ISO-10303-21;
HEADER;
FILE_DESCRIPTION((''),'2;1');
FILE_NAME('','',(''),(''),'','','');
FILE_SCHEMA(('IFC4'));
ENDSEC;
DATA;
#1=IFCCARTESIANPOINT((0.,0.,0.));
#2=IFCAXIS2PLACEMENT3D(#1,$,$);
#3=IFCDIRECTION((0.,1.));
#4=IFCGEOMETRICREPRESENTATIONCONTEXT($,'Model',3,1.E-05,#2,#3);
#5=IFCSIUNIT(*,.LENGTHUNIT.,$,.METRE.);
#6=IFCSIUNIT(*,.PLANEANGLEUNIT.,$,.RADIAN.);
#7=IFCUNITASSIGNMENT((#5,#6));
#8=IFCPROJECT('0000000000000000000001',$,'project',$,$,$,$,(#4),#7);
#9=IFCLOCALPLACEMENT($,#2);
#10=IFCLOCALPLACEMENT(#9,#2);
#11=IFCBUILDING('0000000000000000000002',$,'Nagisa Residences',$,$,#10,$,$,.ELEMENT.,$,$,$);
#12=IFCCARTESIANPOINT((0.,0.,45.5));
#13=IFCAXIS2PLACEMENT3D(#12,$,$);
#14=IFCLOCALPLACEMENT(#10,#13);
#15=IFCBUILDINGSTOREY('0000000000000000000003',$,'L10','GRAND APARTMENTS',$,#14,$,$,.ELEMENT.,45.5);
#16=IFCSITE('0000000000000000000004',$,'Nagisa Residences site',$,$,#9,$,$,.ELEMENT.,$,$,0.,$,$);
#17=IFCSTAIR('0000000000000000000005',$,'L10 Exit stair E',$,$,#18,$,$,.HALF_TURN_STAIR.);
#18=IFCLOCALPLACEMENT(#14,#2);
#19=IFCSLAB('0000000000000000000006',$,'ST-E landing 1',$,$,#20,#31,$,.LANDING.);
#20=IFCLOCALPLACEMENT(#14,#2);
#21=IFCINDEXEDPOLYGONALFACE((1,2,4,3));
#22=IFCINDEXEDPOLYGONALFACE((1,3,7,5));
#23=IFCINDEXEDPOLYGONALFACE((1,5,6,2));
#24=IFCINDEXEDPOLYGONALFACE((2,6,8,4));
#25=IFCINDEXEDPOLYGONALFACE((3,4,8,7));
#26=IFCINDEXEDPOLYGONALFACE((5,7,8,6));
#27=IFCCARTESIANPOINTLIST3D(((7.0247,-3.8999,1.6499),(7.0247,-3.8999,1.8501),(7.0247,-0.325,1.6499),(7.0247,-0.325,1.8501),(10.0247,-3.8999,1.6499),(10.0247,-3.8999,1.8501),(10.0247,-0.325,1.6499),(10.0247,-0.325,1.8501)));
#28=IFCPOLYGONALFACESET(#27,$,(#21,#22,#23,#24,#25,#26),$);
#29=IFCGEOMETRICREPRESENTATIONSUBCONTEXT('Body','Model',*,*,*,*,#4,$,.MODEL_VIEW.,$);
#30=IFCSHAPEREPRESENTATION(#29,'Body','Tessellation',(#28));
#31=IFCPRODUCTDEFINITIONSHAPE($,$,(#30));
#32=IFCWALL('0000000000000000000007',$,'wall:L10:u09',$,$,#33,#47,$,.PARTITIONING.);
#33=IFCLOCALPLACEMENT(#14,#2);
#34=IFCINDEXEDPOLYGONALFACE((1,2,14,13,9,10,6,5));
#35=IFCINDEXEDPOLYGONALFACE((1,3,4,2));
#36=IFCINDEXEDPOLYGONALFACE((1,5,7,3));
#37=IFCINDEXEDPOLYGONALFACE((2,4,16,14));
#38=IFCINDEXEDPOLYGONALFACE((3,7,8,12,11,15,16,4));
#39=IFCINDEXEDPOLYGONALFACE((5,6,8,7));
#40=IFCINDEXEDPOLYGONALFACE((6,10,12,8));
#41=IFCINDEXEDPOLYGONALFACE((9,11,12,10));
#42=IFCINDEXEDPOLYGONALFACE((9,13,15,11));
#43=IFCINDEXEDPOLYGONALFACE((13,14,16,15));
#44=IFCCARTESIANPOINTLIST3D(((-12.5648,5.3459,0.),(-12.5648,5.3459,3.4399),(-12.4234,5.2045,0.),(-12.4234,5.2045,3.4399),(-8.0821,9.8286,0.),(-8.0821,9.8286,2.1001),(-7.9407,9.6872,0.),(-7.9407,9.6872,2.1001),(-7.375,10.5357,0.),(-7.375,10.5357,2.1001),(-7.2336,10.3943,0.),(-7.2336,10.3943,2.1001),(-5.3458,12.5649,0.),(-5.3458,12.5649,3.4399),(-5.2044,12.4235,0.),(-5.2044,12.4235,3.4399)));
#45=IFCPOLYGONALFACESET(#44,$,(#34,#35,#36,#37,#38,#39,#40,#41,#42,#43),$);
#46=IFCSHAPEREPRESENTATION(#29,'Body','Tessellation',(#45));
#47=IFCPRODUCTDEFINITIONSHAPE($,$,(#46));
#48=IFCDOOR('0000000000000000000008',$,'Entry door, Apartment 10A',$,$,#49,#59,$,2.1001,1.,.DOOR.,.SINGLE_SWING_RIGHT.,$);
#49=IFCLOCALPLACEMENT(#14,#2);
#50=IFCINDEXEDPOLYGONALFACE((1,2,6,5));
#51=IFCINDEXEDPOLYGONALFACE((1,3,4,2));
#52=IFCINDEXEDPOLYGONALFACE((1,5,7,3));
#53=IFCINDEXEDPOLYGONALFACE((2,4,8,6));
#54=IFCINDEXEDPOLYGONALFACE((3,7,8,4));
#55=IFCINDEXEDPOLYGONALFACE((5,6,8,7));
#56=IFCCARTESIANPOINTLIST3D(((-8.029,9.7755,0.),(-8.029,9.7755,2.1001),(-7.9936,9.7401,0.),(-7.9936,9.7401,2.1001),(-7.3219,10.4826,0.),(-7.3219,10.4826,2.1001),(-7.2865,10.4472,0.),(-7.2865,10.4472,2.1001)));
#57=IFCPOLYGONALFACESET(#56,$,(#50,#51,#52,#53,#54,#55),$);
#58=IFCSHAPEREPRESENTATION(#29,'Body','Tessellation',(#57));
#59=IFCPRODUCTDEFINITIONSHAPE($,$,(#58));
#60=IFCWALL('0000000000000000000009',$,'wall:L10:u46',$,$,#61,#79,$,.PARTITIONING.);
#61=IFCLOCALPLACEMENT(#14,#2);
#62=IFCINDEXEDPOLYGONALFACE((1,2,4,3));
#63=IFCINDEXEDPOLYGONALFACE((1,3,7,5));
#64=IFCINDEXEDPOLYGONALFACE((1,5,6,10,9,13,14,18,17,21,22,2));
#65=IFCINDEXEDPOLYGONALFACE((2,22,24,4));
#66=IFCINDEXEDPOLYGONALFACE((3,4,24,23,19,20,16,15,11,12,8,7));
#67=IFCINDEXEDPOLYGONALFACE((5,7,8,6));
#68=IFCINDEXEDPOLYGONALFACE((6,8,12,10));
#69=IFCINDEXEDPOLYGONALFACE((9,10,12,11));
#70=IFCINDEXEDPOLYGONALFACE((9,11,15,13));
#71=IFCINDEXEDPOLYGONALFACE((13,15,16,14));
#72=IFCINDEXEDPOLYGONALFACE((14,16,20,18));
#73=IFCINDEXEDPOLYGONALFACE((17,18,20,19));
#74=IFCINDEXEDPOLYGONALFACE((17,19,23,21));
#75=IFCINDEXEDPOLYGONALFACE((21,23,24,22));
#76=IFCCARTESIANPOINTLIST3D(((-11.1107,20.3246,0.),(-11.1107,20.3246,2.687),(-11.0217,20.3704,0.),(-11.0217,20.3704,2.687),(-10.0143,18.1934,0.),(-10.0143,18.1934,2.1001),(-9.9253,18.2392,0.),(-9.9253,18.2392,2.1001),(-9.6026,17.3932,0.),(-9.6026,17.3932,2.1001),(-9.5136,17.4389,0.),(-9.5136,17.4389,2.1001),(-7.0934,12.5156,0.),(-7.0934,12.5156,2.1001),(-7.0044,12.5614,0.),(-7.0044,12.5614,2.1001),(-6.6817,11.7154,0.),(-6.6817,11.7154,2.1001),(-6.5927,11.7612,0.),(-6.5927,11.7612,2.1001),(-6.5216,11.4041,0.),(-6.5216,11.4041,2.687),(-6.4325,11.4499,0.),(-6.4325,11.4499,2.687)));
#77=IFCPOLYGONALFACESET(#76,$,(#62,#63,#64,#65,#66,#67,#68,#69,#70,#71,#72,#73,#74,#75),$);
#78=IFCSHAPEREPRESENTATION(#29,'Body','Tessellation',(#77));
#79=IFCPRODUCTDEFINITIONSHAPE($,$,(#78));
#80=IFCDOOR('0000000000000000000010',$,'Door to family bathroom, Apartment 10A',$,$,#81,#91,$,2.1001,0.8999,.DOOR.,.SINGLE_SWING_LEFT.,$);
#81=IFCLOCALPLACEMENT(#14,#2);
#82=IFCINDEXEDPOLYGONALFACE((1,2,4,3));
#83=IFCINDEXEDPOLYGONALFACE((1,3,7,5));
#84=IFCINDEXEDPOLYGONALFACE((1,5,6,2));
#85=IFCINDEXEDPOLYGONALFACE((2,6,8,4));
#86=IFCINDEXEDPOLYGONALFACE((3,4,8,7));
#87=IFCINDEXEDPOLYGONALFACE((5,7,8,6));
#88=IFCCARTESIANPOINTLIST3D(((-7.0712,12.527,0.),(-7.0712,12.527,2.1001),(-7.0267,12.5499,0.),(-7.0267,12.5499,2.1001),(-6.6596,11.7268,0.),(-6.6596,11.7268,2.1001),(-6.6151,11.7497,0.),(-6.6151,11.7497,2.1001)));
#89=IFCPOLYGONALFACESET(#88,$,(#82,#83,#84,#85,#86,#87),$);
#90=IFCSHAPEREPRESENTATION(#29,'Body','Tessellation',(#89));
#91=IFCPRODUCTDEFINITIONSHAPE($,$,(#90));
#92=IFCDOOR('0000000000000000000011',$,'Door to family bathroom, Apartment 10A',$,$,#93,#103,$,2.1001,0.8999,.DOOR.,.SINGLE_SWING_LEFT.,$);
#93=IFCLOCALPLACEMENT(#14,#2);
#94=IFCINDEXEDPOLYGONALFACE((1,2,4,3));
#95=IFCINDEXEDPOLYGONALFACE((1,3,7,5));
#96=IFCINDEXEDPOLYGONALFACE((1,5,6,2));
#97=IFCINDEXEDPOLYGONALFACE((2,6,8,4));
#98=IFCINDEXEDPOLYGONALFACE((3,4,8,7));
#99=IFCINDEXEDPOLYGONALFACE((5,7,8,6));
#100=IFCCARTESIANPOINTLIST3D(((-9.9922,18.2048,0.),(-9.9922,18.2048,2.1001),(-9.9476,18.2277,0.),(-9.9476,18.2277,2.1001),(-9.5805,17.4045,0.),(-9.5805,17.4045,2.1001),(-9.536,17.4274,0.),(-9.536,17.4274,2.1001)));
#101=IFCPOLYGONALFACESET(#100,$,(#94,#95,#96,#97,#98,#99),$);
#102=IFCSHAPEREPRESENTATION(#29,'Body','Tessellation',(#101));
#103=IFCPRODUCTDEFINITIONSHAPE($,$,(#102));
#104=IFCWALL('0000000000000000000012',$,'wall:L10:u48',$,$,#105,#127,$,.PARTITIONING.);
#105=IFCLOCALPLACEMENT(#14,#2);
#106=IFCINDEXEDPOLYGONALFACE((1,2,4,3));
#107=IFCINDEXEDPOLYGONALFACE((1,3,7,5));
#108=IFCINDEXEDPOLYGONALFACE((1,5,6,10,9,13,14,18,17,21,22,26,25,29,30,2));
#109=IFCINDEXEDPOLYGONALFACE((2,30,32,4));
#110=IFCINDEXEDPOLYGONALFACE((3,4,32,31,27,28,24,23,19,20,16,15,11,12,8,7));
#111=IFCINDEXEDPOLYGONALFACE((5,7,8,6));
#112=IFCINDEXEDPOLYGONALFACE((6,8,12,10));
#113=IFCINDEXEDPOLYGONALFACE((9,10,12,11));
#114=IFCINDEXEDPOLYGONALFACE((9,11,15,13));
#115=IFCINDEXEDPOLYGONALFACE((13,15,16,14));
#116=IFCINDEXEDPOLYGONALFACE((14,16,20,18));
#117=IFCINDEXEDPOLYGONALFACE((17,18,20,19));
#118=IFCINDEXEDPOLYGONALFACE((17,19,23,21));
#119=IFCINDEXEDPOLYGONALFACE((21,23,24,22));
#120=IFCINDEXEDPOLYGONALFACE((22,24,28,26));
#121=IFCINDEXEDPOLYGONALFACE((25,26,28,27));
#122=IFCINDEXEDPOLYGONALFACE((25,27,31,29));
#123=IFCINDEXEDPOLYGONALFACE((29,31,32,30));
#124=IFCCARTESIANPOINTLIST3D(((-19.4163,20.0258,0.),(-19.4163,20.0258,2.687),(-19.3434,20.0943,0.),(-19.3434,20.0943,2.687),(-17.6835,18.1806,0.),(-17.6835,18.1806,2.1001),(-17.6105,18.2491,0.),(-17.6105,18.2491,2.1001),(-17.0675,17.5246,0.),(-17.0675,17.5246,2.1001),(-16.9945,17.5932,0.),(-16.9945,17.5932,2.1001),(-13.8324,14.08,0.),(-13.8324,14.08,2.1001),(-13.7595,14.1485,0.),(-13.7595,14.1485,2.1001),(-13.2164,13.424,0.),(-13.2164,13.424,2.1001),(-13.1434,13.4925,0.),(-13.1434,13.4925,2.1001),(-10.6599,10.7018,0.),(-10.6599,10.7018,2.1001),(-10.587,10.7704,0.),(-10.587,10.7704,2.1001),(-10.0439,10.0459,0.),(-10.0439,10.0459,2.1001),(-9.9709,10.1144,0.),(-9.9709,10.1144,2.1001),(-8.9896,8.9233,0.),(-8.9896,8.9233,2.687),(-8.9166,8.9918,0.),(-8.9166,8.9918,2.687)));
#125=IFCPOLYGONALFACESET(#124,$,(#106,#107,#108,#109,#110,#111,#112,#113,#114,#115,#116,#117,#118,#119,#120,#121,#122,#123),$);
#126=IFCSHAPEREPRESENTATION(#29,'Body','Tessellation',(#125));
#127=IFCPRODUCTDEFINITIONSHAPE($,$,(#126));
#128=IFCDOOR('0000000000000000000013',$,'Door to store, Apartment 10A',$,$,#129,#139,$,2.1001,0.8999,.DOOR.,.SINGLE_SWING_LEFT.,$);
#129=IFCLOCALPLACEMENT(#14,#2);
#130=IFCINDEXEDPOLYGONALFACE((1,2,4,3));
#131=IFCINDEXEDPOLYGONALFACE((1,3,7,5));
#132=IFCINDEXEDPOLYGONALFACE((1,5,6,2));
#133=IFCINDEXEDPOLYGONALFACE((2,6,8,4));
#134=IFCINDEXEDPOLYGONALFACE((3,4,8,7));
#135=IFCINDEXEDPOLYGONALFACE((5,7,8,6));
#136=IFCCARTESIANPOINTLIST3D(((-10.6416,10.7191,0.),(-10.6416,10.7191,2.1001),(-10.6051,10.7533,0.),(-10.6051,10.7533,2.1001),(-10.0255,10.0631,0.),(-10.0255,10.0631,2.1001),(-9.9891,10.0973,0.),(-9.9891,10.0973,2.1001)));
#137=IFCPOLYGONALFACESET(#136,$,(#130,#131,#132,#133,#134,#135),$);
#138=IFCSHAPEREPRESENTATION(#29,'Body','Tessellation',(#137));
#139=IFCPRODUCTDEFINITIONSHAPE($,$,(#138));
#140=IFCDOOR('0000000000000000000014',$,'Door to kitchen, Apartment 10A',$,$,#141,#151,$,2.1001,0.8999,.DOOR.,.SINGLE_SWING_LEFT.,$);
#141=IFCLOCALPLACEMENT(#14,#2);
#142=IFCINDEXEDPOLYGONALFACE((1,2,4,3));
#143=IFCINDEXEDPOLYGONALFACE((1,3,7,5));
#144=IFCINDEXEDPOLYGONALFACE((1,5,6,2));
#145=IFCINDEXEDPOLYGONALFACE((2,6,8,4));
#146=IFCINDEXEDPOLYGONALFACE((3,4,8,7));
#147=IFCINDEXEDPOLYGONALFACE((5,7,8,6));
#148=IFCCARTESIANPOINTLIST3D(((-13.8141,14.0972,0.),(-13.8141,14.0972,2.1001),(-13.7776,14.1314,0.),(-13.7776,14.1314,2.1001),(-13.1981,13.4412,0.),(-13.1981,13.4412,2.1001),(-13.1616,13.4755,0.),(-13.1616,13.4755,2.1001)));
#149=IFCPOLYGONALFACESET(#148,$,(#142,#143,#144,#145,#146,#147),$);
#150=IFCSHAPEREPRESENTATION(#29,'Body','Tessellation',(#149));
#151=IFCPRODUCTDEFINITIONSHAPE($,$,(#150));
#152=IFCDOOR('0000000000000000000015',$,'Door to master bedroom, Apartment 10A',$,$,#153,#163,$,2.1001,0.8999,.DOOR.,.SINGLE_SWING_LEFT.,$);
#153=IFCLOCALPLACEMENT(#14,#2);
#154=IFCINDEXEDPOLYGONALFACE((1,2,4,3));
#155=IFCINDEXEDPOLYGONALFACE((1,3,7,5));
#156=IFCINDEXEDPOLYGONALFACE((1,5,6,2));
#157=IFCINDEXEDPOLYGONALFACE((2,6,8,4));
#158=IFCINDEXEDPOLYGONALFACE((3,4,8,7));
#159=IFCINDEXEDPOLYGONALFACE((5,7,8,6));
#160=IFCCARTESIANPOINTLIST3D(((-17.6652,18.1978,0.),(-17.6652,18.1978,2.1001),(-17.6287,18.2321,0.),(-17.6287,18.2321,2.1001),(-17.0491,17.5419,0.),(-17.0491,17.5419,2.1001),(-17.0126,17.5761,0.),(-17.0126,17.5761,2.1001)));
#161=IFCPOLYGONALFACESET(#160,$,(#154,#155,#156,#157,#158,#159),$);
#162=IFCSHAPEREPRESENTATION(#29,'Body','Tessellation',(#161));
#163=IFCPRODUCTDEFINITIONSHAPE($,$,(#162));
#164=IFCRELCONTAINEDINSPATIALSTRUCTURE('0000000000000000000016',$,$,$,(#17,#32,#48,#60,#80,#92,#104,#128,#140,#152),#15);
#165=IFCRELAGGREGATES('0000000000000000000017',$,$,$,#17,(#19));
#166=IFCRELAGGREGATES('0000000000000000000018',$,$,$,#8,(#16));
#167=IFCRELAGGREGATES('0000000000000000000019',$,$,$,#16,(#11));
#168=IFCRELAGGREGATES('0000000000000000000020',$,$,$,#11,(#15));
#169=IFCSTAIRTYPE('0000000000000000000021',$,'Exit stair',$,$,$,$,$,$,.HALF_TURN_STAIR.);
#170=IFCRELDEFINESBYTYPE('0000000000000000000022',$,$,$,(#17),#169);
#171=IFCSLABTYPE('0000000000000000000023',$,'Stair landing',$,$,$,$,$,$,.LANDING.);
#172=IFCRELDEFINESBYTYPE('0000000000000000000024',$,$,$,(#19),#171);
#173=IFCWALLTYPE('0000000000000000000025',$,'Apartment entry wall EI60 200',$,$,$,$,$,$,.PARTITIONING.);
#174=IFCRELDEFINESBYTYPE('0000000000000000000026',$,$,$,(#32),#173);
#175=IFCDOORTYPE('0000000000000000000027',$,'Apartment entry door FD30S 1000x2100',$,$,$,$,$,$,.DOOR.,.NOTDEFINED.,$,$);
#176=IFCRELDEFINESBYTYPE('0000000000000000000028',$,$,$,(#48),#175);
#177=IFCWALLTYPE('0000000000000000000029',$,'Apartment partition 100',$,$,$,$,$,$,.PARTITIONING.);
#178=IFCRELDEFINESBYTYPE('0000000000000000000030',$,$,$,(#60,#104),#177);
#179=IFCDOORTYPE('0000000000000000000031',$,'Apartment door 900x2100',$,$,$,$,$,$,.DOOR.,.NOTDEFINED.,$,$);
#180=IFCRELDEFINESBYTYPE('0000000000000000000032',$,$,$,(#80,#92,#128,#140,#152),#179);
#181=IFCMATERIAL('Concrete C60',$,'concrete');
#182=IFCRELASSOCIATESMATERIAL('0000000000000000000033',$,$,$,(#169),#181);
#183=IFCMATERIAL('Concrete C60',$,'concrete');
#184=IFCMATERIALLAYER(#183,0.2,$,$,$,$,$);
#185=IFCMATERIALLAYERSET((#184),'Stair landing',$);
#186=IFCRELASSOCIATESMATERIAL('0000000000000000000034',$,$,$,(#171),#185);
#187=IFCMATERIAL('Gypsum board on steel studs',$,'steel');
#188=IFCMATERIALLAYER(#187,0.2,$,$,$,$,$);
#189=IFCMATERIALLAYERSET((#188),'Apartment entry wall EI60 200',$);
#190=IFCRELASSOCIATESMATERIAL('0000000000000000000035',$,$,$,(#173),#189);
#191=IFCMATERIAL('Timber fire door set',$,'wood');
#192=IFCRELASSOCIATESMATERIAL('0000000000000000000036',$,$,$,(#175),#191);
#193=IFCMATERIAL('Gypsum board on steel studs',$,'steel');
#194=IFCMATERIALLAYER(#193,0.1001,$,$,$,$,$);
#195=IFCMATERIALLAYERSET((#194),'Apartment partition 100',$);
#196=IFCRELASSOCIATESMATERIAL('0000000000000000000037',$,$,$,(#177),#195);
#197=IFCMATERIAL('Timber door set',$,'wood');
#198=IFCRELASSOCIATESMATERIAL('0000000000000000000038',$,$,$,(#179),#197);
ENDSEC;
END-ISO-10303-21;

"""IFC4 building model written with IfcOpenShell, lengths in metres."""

from ifc_helpers import new_model, si_unit, direction, frame, frame_2d, origin, place, context, subcontext, project, spatial, polyline, rectangle, outline, extrude, material, layer, layer_set, type_object, element, fill, aggregate, save


model = new_model("IFC4")

# Units and contexts
model_context = context("Model", 3, precision=1e-05, world=origin(), true_north=direction((0.0, 1.0)))
body_context = subcontext(model_context, "Body", "Model", "MODEL_VIEW")
ifc_project = project(units=[si_unit("LENGTHUNIT", "METRE"), si_unit("PLANEANGLEUNIT", "RADIAN")], contexts=[model_context])

# Site, building, storey
site_placement = place(None, origin())
site = spatial("IfcSite", under=ifc_project, at=site_placement, Name="Nagisa Residences site", CompositionType="ELEMENT", RefElevation=0.0)
building_placement = place(site_placement, origin())
building = spatial("IfcBuilding", under=site, at=building_placement, Name="Nagisa Residences", CompositionType="ELEMENT")
storey_placement = place(building_placement, frame((0.0, 0.0, 45.5)))
storey = spatial("IfcBuildingStorey", under=building, at=storey_placement, Name="L10", Description="GRAND APARTMENTS", CompositionType="ELEMENT", Elevation=45.5)

# Stair, slab
ifc_material_1 = material(Name="Concrete C60", Category="concrete")
stair_type = type_object("IfcStairType", Name="Exit stair", PredefinedType="HALF_TURN_STAIR", material=ifc_material_1)
stair_1_placement = place(storey_placement, origin())
stair_1 = element("IfcStair", 1, at=stair_1_placement, inside=storey, type_object=stair_type, Name="L10 Exit stair E", PredefinedType="HALF_TURN_STAIR")
ifc_material_2 = material(Name="Concrete C60", Category="concrete")
ifc_layer_1 = layer(ifc_material_2, 0.2)
ifc_layer_set_1 = layer_set([ifc_layer_1], Name="Stair landing")
slab_type = type_object("IfcSlabType", Name="Stair landing", PredefinedType="LANDING", material=ifc_layer_set_1)
slab_placement = place(storey_placement, frame((0.0, 0.0, 1.6499)))
slab = element("IfcSlab", 2, at=slab_placement, type_object=slab_type, Name="ST-E landing 1", PredefinedType="LANDING", context=body_context, shape_type="SweptSolid", body=[
    extrude(outline(polyline([(7.0247, -0.325), (7.0247, -3.8999), (10.0247, -3.8999), (10.0247, -0.325), (7.0247, -0.325)])), origin(), (0.0, 0.0, 1.0), 0.2002),
])
aggregate(stair_1, [slab])

# Wall, opening, door
ifc_material_3 = material(Name="Gypsum board on steel studs", Category="steel")
ifc_layer_2 = layer(ifc_material_3, 0.2)
ifc_layer_set_2 = layer_set([ifc_layer_2], Name="Apartment entry wall EI60 200")
wall_type_1 = type_object("IfcWallType", Name="Apartment entry wall EI60 200", PredefinedType="PARTITIONING", material=ifc_layer_set_2)
wall_1_placement = place(storey_placement, frame((-5.2751, 12.4941, 0.0), z_axis=(0.0, 0.0, 1.0), x_axis=(-0.707107, -0.707107, 0.0)))
wall_1 = element("IfcWall", 3, at=wall_1_placement, inside=storey, type_object=wall_type_1, Name="wall:L10:u09", PredefinedType="PARTITIONING", context=body_context, shape_type="SweptSolid", body=[
    extrude(rectangle(XDim=10.2092, YDim=0.2, at=frame_2d((5.1045, 0.0))), origin(), (0.0, 0.0, 1.0), 3.4399),
])
opening_1_placement = place(wall_1_placement, frame((2.8696, 0.0, 0.0)))
opening_1 = element("IfcOpeningElement", 4, at=opening_1_placement, cuts=wall_1, PredefinedType="OPENING", context=body_context, shape_type="SweptSolid", body=[
    extrude(rectangle(XDim=1.0, YDim=2.1001, at=frame_2d((0.5, 1.05))), frame((0.0, 0.1099, 0.0), z_axis=(0.0, -1.0, 0.0), x_axis=(1.0, 0.0, 0.0)), (0.0, 0.0, 1.0), 0.22),
])
ifc_material_4 = material(Name="Timber fire door set", Category="wood")
door_type_1 = type_object("IfcDoorType", Name="Apartment entry door FD30S 1000x2100", OperationType="NOTDEFINED", PredefinedType="DOOR", material=ifc_material_4)
door_1_placement = place(opening_1_placement, frame((1.0, 0.0, 0.0), x_axis=(-1.0, 0.0, 0.0)))
door_1 = element("IfcDoor", 5, at=door_1_placement, inside=storey, type_object=door_type_1, Name="Entry door, Apartment 10A", OperationType="SINGLE_SWING_RIGHT", OverallHeight=2.1001, OverallWidth=1.0, PredefinedType="DOOR", context=body_context, shape_type="SweptSolid", body=[
    extrude(rectangle(XDim=1.0, YDim=2.1001, at=frame_2d((0.5, 1.05))), frame((0.0, 0.0249, 0.0), z_axis=(0.0, -1.0, 0.0), x_axis=(1.0, 0.0, 0.0)), (0.0, 0.0, 1.0), 0.05),
])
fill(opening_1, door_1)

# Walls, openings, doors
ifc_material_5 = material(Name="Gypsum board on steel studs", Category="steel")
ifc_layer_3 = layer(ifc_material_5, 0.1001)
ifc_layer_set_3 = layer_set([ifc_layer_3], Name="Apartment partition 100")
wall_type_2 = type_object("IfcWallType", Name="Apartment partition 100", PredefinedType="PARTITIONING", material=ifc_layer_set_3)
wall_2_placement = place(storey_placement, frame((-6.4771, 11.427, 0.0), z_axis=(0.0, 0.0, 1.0), x_axis=(-0.457464, 0.889228, 0.0)))
wall_2 = element("IfcWall", 6, at=wall_2_placement, inside=storey, type_object=wall_type_2, Name="wall:L10:u46", PredefinedType="PARTITIONING", context=body_context, shape_type="SweptSolid", body=[
    extrude(rectangle(XDim=10.0317, YDim=0.1001, at=frame_2d((5.0159, 0.0))), origin(), (0.0, 0.0, 1.0), 2.687),
])
opening_2_placement = place(wall_2_placement, frame((0.3501, 0.0, 0.0)))
opening_2 = element("IfcOpeningElement", 7, at=opening_2_placement, cuts=wall_2, PredefinedType="OPENING", context=body_context, shape_type="SweptSolid", body=[
    extrude(rectangle(XDim=0.8999, YDim=2.1001, at=frame_2d((0.45, 1.05))), frame((0.0, 0.0601, 0.0), z_axis=(0.0, -1.0, 0.0), x_axis=(1.0, 0.0, 0.0)), (0.0, 0.0, 1.0), 0.1201),
])
opening_3_placement = place(wall_2_placement, frame((6.7351, 0.0, 0.0)))
opening_3 = element("IfcOpeningElement", 8, at=opening_3_placement, cuts=wall_2, PredefinedType="OPENING", context=body_context, shape_type="SweptSolid", body=[
    extrude(rectangle(XDim=0.8999, YDim=2.1001, at=frame_2d((0.45, 1.05))), frame((0.0, 0.0601, 0.0), z_axis=(0.0, -1.0, 0.0), x_axis=(1.0, 0.0, 0.0)), (0.0, 0.0, 1.0), 0.1201),
])
ifc_material_6 = material(Name="Timber door set", Category="wood")
door_type_2 = type_object("IfcDoorType", Name="Apartment door 900x2100", OperationType="NOTDEFINED", PredefinedType="DOOR", material=ifc_material_6)
door_2_placement = place(opening_2_placement, frame((0.8999, 0.0, 0.0), x_axis=(-1.0, 0.0, 0.0)))
door_2 = element("IfcDoor", 9, at=door_2_placement, inside=storey, type_object=door_type_2, Name="Door to family bathroom, Apartment 10A", OperationType="SINGLE_SWING_LEFT", OverallHeight=2.1001, OverallWidth=0.8999, PredefinedType="DOOR", context=body_context, shape_type="SweptSolid", body=[
    extrude(rectangle(XDim=0.8999, YDim=2.1001, at=frame_2d((0.45, 1.05))), frame((0.0, 0.0249, 0.0), z_axis=(0.0, -1.0, 0.0), x_axis=(1.0, 0.0, 0.0)), (0.0, 0.0, 1.0), 0.05),
])
fill(opening_2, door_2)
door_3_placement = place(opening_3_placement, frame((0.8999, 0.0, 0.0), x_axis=(-1.0, 0.0, 0.0)))
door_3 = element("IfcDoor", 10, at=door_3_placement, inside=storey, type_object=door_type_2, Name="Door to family bathroom, Apartment 10A", OperationType="SINGLE_SWING_LEFT", OverallHeight=2.1001, OverallWidth=0.8999, PredefinedType="DOOR", context=body_context, shape_type="SweptSolid", body=[
    extrude(rectangle(XDim=0.8999, YDim=2.1001, at=frame_2d((0.45, 1.05))), frame((0.0, 0.0249, 0.0), z_axis=(0.0, -1.0, 0.0), x_axis=(1.0, 0.0, 0.0)), (0.0, 0.0, 1.0), 0.05),
])
fill(opening_3, door_3)
wall_3_placement = place(storey_placement, frame((-8.9531, 8.9575, 0.0), z_axis=(0.0, 0.0, 1.0), x_axis=(-0.684574, 0.728943, 0.0)))
wall_3 = element("IfcWall", 11, at=wall_3_placement, inside=storey, type_object=wall_type_2, Name="wall:L10:u48", PredefinedType="PARTITIONING", context=body_context, shape_type="SweptSolid", body=[
    extrude(rectangle(XDim=15.231, YDim=0.1001, at=frame_2d((7.6155, 0.0))), origin(), (0.0, 0.0, 1.0), 2.687),
])
opening_4_placement = place(wall_3_placement, frame((1.54, 0.0, 0.0)))
opening_4 = element("IfcOpeningElement", 12, at=opening_4_placement, cuts=wall_3, PredefinedType="OPENING", context=body_context, shape_type="SweptSolid", body=[
    extrude(rectangle(XDim=0.8999, YDim=2.1001, at=frame_2d((0.45, 1.05))), frame((0.0, 0.0601, 0.0), z_axis=(0.0, -1.0, 0.0), x_axis=(1.0, 0.0, 0.0)), (0.0, 0.0, 1.0), 0.1201),
])
opening_5_placement = place(wall_3_placement, frame((6.1743, 0.0, 0.0)))
opening_5 = element("IfcOpeningElement", 13, at=opening_5_placement, cuts=wall_3, PredefinedType="OPENING", context=body_context, shape_type="SweptSolid", body=[
    extrude(rectangle(XDim=0.8999, YDim=2.1001, at=frame_2d((0.45, 1.05))), frame((0.0, 0.0601, 0.0), z_axis=(0.0, -1.0, 0.0), x_axis=(1.0, 0.0, 0.0)), (0.0, 0.0, 1.0), 0.1201),
])
opening_6_placement = place(wall_3_placement, frame((11.7998, 0.0, 0.0)))
opening_6 = element("IfcOpeningElement", 14, at=opening_6_placement, cuts=wall_3, PredefinedType="OPENING", context=body_context, shape_type="SweptSolid", body=[
    extrude(rectangle(XDim=0.8999, YDim=2.1001, at=frame_2d((0.45, 1.05))), frame((0.0, 0.0601, 0.0), z_axis=(0.0, -1.0, 0.0), x_axis=(1.0, 0.0, 0.0)), (0.0, 0.0, 1.0), 0.1201),
])
door_4_placement = place(opening_4_placement, origin())
door_4 = element("IfcDoor", 15, at=door_4_placement, inside=storey, type_object=door_type_2, Name="Door to store, Apartment 10A", OperationType="SINGLE_SWING_LEFT", OverallHeight=2.1001, OverallWidth=0.8999, PredefinedType="DOOR", context=body_context, shape_type="SweptSolid", body=[
    extrude(rectangle(XDim=0.8999, YDim=2.1001, at=frame_2d((0.45, 1.05))), frame((0.0, 0.0249, 0.0), z_axis=(0.0, -1.0, 0.0), x_axis=(1.0, 0.0, 0.0)), (0.0, 0.0, 1.0), 0.05),
])
fill(opening_4, door_4)
door_5_placement = place(opening_5_placement, origin())
door_5 = element("IfcDoor", 16, at=door_5_placement, inside=storey, type_object=door_type_2, Name="Door to kitchen, Apartment 10A", OperationType="SINGLE_SWING_LEFT", OverallHeight=2.1001, OverallWidth=0.8999, PredefinedType="DOOR", context=body_context, shape_type="SweptSolid", body=[
    extrude(rectangle(XDim=0.8999, YDim=2.1001, at=frame_2d((0.45, 1.05))), frame((0.0, 0.0249, 0.0), z_axis=(0.0, -1.0, 0.0), x_axis=(1.0, 0.0, 0.0)), (0.0, 0.0, 1.0), 0.05),
])
fill(opening_5, door_5)
door_6_placement = place(opening_6_placement, origin())
door_6 = element("IfcDoor", 17, at=door_6_placement, inside=storey, type_object=door_type_2, Name="Door to master bedroom, Apartment 10A", OperationType="SINGLE_SWING_LEFT", OverallHeight=2.1001, OverallWidth=0.8999, PredefinedType="DOOR", context=body_context, shape_type="SweptSolid", body=[
    extrude(rectangle(XDim=0.8999, YDim=2.1001, at=frame_2d((0.45, 1.05))), frame((0.0, 0.0249, 0.0), z_axis=(0.0, -1.0, 0.0), x_axis=(1.0, 0.0, 0.0)), (0.0, 0.0, 1.0), 0.05),
])
fill(opening_6, door_6)

save(model, "model.ifc")
